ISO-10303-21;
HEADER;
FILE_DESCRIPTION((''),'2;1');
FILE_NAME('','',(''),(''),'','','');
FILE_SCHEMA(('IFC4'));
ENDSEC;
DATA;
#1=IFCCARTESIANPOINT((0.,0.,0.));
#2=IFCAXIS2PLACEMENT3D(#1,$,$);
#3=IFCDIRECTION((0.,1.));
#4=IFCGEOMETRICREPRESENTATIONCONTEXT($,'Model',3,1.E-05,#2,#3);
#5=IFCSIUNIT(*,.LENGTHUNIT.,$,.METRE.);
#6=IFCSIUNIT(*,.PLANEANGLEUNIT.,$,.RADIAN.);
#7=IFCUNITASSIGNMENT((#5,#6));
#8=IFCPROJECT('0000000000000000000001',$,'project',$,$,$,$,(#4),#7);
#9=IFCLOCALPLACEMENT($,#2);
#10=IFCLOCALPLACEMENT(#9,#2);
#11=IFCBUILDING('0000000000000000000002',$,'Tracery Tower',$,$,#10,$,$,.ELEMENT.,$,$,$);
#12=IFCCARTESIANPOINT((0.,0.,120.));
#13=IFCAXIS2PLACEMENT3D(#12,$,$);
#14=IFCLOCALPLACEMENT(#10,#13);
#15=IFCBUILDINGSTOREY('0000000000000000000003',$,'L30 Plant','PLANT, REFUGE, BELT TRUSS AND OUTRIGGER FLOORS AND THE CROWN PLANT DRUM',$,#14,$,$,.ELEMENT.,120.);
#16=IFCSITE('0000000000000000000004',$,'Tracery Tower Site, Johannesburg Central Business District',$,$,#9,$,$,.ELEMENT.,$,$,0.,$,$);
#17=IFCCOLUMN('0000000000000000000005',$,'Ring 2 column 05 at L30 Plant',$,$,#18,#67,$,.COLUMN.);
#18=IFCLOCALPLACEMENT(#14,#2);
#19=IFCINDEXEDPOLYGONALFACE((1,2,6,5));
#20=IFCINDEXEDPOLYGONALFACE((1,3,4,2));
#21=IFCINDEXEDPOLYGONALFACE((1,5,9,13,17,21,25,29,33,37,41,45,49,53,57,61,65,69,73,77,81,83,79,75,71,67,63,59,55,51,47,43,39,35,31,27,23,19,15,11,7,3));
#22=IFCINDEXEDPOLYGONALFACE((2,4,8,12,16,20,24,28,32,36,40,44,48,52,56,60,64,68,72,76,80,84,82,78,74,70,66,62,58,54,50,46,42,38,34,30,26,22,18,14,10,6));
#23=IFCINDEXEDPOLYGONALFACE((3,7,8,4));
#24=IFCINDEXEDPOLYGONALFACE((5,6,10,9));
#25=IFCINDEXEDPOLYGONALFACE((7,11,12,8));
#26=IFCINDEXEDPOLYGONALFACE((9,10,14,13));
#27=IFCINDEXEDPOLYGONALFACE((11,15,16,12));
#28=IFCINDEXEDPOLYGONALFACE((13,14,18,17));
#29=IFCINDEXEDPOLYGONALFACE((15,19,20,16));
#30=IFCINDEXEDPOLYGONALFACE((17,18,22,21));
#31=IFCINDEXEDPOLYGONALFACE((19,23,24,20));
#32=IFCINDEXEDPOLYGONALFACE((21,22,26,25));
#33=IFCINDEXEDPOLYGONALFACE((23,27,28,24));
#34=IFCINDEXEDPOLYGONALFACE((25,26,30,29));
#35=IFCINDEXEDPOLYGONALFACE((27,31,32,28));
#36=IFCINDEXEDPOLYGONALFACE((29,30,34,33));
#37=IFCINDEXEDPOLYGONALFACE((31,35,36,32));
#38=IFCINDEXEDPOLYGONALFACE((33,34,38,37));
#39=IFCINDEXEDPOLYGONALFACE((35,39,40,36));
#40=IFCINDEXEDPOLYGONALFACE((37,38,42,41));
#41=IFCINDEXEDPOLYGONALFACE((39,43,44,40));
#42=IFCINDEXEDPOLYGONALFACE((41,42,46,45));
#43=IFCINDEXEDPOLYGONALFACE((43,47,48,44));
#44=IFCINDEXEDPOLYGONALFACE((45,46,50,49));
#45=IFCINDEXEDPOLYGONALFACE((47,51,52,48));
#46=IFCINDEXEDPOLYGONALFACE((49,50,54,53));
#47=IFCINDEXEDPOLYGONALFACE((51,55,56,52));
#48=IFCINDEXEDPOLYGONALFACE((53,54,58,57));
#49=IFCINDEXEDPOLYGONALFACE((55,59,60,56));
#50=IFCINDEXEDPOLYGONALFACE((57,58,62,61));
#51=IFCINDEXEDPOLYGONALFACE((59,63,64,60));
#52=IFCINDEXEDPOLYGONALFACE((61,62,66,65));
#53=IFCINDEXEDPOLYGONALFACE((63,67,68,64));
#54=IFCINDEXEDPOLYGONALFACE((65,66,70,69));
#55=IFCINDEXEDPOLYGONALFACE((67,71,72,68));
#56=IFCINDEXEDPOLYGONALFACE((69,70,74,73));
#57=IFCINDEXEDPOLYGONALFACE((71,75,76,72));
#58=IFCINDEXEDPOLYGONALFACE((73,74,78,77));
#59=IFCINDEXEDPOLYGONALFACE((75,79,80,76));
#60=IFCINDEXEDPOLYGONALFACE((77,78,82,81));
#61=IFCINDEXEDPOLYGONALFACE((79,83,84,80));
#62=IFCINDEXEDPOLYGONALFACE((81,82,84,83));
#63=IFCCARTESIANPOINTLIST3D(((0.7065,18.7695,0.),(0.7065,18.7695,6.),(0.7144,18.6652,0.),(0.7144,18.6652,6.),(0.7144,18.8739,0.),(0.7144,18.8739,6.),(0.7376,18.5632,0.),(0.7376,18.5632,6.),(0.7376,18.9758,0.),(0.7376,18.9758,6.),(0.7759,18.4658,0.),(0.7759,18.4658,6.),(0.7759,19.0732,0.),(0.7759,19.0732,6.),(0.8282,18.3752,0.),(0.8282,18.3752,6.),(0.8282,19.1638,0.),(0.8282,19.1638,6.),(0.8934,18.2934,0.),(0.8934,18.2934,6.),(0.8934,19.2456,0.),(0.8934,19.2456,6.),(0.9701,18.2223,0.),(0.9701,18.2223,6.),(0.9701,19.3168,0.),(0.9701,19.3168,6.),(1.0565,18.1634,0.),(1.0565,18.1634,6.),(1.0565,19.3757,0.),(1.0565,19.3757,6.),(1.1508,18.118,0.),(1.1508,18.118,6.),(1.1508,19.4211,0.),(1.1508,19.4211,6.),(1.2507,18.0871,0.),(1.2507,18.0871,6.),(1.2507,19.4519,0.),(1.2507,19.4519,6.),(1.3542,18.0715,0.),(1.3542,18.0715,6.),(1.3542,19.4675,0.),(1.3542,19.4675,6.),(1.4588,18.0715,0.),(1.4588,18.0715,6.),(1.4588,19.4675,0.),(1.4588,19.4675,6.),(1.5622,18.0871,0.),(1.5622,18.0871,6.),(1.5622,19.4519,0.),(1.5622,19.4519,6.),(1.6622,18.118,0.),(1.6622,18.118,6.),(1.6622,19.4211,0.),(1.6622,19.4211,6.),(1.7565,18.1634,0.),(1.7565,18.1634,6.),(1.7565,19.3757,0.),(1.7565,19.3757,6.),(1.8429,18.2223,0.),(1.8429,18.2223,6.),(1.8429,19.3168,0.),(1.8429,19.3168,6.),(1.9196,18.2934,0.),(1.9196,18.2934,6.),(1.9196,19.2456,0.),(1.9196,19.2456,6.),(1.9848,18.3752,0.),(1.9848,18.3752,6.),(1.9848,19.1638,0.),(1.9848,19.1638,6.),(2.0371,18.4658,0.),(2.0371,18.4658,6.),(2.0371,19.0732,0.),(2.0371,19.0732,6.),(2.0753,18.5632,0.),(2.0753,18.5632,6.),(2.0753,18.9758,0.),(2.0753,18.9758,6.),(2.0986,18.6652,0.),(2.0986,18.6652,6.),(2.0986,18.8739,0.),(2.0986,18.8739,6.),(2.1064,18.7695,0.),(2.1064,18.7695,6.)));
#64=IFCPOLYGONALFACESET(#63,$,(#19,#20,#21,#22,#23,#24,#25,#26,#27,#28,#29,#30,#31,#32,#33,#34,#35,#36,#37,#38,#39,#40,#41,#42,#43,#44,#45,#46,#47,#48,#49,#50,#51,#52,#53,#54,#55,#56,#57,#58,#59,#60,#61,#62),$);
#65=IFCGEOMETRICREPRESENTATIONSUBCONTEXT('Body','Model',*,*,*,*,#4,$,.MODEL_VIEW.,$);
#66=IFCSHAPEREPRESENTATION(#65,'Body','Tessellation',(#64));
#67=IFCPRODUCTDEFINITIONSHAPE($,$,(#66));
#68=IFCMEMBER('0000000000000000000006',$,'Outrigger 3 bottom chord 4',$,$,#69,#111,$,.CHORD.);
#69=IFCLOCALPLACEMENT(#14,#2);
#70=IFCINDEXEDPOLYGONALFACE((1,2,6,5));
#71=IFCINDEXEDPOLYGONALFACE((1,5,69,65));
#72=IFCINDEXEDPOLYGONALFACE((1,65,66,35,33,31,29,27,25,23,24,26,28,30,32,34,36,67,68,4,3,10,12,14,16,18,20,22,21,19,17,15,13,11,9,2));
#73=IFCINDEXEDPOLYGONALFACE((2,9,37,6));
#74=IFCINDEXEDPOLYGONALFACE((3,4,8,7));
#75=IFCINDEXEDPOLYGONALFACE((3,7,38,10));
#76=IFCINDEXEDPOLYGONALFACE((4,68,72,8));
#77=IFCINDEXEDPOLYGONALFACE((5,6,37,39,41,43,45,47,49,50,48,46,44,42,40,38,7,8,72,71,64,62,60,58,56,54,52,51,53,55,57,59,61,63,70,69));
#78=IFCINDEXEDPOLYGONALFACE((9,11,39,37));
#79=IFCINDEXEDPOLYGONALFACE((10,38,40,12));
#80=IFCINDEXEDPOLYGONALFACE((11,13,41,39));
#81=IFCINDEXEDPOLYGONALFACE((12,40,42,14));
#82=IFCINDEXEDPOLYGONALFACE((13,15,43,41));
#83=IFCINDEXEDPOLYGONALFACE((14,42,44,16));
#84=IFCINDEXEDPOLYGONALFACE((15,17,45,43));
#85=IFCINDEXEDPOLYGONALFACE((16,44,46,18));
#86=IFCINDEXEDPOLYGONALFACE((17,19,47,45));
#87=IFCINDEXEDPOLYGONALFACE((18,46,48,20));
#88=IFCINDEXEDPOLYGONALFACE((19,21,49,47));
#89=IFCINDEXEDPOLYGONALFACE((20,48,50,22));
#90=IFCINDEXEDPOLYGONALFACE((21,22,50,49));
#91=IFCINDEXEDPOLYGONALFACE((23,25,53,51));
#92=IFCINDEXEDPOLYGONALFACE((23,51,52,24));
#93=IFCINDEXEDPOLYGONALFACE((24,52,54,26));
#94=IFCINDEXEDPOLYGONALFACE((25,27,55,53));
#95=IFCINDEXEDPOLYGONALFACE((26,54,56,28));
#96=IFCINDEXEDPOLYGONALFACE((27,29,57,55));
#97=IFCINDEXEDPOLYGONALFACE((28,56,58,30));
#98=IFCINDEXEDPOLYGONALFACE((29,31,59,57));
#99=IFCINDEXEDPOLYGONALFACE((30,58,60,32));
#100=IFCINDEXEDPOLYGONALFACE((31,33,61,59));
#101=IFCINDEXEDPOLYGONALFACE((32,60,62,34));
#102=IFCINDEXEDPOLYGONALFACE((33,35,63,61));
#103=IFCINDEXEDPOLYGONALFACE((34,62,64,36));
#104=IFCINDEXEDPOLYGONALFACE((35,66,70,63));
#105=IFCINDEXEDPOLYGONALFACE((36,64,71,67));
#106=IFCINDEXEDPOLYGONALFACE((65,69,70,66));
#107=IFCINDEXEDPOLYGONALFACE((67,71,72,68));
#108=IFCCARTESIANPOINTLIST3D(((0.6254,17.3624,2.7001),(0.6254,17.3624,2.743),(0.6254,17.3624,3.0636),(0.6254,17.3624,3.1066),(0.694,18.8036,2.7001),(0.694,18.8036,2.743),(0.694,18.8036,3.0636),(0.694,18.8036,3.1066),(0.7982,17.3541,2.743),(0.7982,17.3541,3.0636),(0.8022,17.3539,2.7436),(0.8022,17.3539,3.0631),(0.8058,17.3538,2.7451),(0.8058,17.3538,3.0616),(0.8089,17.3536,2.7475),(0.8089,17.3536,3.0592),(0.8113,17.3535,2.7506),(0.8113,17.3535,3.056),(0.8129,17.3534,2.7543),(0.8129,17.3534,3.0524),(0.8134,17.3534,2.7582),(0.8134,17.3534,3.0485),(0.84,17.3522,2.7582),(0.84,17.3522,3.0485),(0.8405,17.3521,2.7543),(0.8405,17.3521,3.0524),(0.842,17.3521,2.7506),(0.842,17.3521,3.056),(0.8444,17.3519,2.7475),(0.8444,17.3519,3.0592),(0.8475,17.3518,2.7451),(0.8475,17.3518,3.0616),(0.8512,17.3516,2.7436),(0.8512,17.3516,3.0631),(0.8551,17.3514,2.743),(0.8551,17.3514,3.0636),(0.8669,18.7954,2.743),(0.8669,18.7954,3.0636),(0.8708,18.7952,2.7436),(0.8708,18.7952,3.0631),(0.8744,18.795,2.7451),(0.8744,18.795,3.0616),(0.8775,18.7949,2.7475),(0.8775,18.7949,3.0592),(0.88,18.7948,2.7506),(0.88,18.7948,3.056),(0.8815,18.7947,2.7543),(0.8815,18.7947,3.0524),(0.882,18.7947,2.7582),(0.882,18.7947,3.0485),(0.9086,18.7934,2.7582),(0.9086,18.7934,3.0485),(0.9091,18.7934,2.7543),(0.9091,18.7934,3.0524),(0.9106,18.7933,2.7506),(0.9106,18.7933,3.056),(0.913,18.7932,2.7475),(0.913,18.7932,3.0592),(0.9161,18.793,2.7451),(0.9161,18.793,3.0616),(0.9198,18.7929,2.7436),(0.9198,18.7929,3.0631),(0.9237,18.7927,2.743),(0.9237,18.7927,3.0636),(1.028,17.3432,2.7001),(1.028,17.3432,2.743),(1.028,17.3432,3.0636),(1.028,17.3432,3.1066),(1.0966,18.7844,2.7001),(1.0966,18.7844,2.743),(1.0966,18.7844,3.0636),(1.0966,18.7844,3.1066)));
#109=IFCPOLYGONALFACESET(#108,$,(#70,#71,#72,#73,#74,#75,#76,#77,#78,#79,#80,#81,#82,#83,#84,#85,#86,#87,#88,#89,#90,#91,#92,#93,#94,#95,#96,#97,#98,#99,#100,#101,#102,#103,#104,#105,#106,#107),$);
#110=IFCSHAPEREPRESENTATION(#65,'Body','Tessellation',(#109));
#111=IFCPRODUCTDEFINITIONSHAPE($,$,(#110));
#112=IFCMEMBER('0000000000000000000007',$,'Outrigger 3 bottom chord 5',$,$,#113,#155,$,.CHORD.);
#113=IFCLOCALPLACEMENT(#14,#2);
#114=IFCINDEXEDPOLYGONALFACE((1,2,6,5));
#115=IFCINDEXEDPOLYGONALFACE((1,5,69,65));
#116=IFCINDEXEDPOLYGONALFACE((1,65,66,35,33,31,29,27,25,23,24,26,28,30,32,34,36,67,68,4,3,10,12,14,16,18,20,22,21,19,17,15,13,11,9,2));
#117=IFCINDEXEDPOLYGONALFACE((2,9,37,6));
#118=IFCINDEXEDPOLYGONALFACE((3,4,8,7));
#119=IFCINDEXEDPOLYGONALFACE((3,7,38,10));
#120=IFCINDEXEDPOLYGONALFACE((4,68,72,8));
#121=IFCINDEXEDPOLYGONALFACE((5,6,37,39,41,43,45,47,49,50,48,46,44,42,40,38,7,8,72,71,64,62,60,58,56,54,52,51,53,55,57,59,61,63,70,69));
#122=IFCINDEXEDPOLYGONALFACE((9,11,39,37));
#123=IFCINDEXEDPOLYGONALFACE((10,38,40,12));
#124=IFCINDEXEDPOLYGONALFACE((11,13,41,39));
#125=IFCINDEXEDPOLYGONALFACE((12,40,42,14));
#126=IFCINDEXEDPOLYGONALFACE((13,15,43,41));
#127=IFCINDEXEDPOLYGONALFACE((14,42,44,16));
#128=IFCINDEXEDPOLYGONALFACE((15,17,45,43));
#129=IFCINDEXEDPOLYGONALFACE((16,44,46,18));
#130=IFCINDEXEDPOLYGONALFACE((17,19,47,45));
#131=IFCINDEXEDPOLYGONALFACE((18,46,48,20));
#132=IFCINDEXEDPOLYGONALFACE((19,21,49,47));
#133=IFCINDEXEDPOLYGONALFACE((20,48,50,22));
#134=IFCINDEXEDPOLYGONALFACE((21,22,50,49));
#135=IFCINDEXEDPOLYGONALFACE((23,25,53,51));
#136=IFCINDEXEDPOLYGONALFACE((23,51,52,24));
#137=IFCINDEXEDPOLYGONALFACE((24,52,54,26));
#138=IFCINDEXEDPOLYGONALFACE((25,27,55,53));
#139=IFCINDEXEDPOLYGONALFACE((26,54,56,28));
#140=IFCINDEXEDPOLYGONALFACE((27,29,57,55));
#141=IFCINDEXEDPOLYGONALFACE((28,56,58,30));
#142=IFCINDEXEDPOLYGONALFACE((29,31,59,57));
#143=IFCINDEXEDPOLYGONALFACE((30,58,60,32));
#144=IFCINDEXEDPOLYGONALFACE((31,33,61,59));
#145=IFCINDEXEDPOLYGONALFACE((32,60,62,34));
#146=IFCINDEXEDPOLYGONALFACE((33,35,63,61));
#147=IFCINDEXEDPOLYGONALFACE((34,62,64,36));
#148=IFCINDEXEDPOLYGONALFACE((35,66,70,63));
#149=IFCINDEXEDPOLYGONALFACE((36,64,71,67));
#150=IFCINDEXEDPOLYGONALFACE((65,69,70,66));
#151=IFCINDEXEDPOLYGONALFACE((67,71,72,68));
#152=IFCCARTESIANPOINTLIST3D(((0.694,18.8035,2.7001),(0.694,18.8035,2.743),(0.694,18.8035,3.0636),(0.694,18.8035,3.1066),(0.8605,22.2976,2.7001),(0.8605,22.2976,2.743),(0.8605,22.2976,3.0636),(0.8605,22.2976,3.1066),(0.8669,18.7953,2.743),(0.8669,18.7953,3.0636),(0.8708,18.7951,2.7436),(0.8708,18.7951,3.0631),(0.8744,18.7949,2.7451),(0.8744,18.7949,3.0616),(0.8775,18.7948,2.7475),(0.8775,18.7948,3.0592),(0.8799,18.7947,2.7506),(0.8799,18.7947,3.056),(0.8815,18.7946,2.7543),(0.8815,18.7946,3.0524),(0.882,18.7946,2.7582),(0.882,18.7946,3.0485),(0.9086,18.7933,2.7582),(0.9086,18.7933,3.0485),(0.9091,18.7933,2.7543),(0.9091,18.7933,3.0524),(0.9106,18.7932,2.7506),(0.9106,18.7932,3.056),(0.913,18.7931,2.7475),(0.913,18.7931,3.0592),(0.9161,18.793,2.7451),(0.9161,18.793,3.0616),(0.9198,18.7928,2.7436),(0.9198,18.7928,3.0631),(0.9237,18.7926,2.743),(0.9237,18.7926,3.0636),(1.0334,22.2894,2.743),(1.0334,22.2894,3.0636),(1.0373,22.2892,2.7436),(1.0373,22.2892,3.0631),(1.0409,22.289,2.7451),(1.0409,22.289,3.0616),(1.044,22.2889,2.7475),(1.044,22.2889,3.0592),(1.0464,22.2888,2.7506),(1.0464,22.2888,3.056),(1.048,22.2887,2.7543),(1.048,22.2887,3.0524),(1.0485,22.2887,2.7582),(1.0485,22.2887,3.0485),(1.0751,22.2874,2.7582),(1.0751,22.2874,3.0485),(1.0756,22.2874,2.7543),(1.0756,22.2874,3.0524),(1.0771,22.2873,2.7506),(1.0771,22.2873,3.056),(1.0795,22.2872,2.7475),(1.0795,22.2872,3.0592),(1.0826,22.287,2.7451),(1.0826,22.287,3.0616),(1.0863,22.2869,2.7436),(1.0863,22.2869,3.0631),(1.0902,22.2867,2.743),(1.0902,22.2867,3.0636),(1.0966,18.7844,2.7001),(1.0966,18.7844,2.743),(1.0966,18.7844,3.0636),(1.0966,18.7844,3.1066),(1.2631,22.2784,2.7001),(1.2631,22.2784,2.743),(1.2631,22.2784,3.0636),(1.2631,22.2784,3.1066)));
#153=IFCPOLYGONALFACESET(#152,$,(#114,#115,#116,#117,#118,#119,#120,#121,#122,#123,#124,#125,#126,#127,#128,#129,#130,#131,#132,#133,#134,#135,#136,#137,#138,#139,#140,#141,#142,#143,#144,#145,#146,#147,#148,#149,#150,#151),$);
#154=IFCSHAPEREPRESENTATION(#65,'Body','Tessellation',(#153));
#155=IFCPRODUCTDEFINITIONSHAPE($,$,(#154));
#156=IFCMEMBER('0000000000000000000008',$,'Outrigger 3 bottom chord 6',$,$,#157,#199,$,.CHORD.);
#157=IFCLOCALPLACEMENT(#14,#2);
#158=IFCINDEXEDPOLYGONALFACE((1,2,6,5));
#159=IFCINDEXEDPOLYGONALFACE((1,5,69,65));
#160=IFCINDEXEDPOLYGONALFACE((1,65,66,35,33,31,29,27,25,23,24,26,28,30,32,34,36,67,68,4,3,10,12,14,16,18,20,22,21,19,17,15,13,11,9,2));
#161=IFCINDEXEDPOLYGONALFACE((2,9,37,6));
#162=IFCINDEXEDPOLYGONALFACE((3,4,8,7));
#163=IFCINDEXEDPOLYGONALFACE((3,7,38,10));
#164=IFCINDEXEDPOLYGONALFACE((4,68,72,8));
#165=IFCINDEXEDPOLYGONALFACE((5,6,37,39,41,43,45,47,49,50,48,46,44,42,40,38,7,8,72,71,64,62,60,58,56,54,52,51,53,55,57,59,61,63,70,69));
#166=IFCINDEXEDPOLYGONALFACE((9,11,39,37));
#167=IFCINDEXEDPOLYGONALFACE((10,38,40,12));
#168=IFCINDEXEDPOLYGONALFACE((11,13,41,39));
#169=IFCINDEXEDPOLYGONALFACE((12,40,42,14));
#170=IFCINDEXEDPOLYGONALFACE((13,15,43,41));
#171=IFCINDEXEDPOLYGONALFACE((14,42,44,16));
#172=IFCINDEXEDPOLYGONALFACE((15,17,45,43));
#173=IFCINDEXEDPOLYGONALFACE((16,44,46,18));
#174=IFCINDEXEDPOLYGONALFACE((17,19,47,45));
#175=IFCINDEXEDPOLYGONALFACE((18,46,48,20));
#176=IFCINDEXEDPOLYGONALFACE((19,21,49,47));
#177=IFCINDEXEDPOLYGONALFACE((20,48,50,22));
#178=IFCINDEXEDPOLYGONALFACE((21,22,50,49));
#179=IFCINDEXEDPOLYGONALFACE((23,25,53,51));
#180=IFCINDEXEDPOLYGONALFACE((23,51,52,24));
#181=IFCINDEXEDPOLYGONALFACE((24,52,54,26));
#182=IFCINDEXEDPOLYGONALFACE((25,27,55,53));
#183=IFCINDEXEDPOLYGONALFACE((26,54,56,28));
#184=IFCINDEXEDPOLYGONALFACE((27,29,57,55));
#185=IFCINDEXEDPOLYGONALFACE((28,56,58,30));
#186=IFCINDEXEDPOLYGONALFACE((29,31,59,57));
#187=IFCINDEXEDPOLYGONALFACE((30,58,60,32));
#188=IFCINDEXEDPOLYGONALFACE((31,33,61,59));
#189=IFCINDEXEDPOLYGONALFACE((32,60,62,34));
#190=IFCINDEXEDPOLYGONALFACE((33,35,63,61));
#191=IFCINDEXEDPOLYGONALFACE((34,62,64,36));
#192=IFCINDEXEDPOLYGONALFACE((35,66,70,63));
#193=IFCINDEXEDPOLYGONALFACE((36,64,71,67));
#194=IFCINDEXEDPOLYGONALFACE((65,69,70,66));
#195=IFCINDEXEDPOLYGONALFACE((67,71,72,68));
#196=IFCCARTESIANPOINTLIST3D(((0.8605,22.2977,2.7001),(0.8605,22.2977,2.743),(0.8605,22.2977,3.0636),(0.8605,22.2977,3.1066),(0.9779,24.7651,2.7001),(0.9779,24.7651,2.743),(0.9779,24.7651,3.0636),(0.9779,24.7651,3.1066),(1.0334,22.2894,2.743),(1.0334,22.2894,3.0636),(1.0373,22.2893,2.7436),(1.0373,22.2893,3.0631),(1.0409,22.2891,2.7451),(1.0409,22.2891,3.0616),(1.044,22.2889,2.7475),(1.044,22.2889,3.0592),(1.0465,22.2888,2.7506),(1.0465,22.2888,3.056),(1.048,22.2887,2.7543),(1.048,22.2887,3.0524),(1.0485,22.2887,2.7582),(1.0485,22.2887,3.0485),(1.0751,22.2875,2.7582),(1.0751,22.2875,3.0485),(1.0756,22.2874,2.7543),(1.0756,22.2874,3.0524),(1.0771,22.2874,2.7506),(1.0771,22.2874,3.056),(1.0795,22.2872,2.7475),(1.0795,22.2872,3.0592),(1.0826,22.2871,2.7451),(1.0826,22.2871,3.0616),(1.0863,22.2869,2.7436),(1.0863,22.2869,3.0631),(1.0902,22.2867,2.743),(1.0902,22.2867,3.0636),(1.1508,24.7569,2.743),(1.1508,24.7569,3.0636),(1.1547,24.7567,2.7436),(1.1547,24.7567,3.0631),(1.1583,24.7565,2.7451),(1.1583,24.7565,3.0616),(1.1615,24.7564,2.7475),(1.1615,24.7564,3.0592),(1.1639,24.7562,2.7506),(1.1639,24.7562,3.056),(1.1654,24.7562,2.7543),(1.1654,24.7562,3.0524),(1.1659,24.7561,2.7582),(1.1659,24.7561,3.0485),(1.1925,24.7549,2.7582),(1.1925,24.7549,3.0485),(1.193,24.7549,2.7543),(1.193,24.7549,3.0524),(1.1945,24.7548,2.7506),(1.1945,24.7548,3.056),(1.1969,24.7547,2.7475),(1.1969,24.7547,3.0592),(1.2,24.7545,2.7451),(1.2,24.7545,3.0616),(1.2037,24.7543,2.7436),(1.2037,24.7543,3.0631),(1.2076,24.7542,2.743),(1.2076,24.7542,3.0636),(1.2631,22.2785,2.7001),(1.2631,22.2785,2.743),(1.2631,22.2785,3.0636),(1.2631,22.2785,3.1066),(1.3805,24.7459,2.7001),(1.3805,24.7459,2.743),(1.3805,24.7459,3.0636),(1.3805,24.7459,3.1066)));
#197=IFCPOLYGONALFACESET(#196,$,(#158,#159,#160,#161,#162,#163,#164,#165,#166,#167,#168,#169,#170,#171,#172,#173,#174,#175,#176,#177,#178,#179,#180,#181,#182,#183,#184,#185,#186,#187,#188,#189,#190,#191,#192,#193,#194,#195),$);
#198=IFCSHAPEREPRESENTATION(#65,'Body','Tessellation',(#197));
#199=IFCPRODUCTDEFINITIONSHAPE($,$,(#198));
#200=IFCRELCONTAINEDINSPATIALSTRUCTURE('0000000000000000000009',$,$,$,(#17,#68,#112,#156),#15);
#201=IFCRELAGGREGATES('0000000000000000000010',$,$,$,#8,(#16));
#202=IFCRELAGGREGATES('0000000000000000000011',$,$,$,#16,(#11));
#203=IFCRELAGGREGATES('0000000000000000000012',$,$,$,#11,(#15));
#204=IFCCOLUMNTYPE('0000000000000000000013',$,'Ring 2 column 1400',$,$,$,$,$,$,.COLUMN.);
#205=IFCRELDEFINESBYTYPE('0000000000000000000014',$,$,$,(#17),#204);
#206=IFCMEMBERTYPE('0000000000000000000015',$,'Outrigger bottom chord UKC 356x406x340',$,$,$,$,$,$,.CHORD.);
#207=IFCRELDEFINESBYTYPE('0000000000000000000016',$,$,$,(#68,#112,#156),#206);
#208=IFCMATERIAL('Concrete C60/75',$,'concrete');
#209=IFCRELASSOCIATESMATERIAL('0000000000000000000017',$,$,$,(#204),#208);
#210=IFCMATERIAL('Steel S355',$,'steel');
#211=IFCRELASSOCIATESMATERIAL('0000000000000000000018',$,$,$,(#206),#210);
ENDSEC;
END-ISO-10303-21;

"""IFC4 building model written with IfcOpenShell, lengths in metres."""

from ifc_helpers import new_model, si_unit, direction, frame, origin, origin_2d, place, context, subcontext, project, spatial, circle, i_section, extrude, material, material_profile, profile_set, type_object, element, save


model = new_model("IFC4")

# Units and contexts
model_context = context("Model", 3, precision=1e-05, world=origin(), true_north=direction((0.0, 1.0)))
body_context = subcontext(model_context, "Body", "Model", "MODEL_VIEW")
ifc_project = project(units=[si_unit("LENGTHUNIT", "METRE"), si_unit("PLANEANGLEUNIT", "RADIAN")], contexts=[model_context])

# Site, building, storey
site_placement = place(None, origin())
site = spatial("IfcSite", under=ifc_project, at=site_placement, Name="Tracery Tower Site, Johannesburg Central Business District", CompositionType="ELEMENT", RefElevation=0.0)
building_placement = place(site_placement, origin())
building = spatial("IfcBuilding", under=site, at=building_placement, Name="Tracery Tower", CompositionType="ELEMENT")
storey_placement = place(building_placement, frame((0.0, 0.0, 120.0)))
storey = spatial("IfcBuildingStorey", under=building, at=storey_placement, Name="L30 Plant", Description="PLANT, REFUGE, BELT TRUSS AND OUTRIGGER FLOORS AND THE CROWN PLANT DRUM", CompositionType="ELEMENT", Elevation=120.0)

# Column
ifc_material_1 = material(Name="Concrete C60/75", Category="concrete")
ifc_material_profile_1 = material_profile(ifc_material_1, circle(Radius=0.7, at=origin_2d()), Name="RC D1400")
ifc_profile_set_1 = profile_set([ifc_material_profile_1], Name="Concrete C60/75")
column_type_1 = type_object("IfcColumnType", Name="Ring 2 column 1400", PredefinedType="COLUMN", material=ifc_profile_set_1)
for number, where, z_axis, x_axis, name in (
    (1, (1.4065, 18.7695, 0.0), (0.0, 0.0, 1.0), (1.0, 0.0, 0.0), "Ring 2 column 05 at L30 Plant"),
):
    element("IfcColumn", number, at=place(storey_placement, frame(where, z_axis=z_axis, x_axis=x_axis)), inside=storey, type_object=column_type_1, Name=name, PredefinedType="COLUMN", context=body_context, shape_type="SweptSolid", body=[
        extrude(circle(Radius=0.7, at=origin_2d()), origin(), (0.0, 0.0, 1.0), 6.0),
    ])

# Members
ifc_material_2 = material(Name="Steel S355", Category="steel")
ifc_material_profile_2 = material_profile(ifc_material_2, i_section(OverallWidth=0.4031, OverallDepth=0.4065, WebThickness=0.0266, FlangeThickness=0.043, FilletRadius=0.0151, at=origin_2d()), Name="UKC 356x406x340")
ifc_profile_set_2 = profile_set([ifc_material_profile_2], Name="Steel S355")
member_type_1 = type_object("IfcMemberType", Name="Outrigger bottom chord UKC 356x406x340", PredefinedType="CHORD", material=ifc_profile_set_2)
member_1_placement = place(storey_placement, frame((0.8267, 17.3528, 2.9033), z_axis=(0.047549, 0.998869, 0.0), x_axis=(-0.998869, 0.047549, 0.0)))
element("IfcMember", 2, at=member_1_placement, inside=storey, type_object=member_type_1, Name="Outrigger 3 bottom chord 4", PredefinedType="CHORD", context=body_context, shape_type="SweptSolid", body=[
    extrude(i_section(OverallWidth=0.4031, OverallDepth=0.4065, WebThickness=0.0266, FlangeThickness=0.043, FilletRadius=0.0151, at=origin_2d()), origin(), (0.0, 0.0, 1.0), 1.4429),
])
member_2_placement = place(storey_placement, frame((0.8953, 18.7939, 2.9033), z_axis=(0.047598, 0.998867, 0.0), x_axis=(-0.998867, 0.047598, 0.0)))
element("IfcMember", 3, at=member_2_placement, inside=storey, type_object=member_type_1, Name="Outrigger 3 bottom chord 5", PredefinedType="CHORD", context=body_context, shape_type="SweptSolid", body=[
    extrude(i_section(OverallWidth=0.4031, OverallDepth=0.4065, WebThickness=0.0266, FlangeThickness=0.043, FilletRadius=0.0151, at=origin_2d()), origin(), (0.0, 0.0, 1.0), 3.498),
])
member_3_placement = place(storey_placement, frame((1.0618, 22.2881, 2.9033), z_axis=(0.047537, 0.998869, 0.0), x_axis=(-0.998869, 0.047537, 0.0)))
element("IfcMember", 4, at=member_3_placement, inside=storey, type_object=member_type_1, Name="Outrigger 3 bottom chord 6", PredefinedType="CHORD", context=body_context, shape_type="SweptSolid", body=[
    extrude(i_section(OverallWidth=0.4031, OverallDepth=0.4065, WebThickness=0.0266, FlangeThickness=0.043, FilletRadius=0.0151, at=origin_2d()), origin(), (0.0, 0.0, 1.0), 2.4702),
])

save(model, "model.ifc")
